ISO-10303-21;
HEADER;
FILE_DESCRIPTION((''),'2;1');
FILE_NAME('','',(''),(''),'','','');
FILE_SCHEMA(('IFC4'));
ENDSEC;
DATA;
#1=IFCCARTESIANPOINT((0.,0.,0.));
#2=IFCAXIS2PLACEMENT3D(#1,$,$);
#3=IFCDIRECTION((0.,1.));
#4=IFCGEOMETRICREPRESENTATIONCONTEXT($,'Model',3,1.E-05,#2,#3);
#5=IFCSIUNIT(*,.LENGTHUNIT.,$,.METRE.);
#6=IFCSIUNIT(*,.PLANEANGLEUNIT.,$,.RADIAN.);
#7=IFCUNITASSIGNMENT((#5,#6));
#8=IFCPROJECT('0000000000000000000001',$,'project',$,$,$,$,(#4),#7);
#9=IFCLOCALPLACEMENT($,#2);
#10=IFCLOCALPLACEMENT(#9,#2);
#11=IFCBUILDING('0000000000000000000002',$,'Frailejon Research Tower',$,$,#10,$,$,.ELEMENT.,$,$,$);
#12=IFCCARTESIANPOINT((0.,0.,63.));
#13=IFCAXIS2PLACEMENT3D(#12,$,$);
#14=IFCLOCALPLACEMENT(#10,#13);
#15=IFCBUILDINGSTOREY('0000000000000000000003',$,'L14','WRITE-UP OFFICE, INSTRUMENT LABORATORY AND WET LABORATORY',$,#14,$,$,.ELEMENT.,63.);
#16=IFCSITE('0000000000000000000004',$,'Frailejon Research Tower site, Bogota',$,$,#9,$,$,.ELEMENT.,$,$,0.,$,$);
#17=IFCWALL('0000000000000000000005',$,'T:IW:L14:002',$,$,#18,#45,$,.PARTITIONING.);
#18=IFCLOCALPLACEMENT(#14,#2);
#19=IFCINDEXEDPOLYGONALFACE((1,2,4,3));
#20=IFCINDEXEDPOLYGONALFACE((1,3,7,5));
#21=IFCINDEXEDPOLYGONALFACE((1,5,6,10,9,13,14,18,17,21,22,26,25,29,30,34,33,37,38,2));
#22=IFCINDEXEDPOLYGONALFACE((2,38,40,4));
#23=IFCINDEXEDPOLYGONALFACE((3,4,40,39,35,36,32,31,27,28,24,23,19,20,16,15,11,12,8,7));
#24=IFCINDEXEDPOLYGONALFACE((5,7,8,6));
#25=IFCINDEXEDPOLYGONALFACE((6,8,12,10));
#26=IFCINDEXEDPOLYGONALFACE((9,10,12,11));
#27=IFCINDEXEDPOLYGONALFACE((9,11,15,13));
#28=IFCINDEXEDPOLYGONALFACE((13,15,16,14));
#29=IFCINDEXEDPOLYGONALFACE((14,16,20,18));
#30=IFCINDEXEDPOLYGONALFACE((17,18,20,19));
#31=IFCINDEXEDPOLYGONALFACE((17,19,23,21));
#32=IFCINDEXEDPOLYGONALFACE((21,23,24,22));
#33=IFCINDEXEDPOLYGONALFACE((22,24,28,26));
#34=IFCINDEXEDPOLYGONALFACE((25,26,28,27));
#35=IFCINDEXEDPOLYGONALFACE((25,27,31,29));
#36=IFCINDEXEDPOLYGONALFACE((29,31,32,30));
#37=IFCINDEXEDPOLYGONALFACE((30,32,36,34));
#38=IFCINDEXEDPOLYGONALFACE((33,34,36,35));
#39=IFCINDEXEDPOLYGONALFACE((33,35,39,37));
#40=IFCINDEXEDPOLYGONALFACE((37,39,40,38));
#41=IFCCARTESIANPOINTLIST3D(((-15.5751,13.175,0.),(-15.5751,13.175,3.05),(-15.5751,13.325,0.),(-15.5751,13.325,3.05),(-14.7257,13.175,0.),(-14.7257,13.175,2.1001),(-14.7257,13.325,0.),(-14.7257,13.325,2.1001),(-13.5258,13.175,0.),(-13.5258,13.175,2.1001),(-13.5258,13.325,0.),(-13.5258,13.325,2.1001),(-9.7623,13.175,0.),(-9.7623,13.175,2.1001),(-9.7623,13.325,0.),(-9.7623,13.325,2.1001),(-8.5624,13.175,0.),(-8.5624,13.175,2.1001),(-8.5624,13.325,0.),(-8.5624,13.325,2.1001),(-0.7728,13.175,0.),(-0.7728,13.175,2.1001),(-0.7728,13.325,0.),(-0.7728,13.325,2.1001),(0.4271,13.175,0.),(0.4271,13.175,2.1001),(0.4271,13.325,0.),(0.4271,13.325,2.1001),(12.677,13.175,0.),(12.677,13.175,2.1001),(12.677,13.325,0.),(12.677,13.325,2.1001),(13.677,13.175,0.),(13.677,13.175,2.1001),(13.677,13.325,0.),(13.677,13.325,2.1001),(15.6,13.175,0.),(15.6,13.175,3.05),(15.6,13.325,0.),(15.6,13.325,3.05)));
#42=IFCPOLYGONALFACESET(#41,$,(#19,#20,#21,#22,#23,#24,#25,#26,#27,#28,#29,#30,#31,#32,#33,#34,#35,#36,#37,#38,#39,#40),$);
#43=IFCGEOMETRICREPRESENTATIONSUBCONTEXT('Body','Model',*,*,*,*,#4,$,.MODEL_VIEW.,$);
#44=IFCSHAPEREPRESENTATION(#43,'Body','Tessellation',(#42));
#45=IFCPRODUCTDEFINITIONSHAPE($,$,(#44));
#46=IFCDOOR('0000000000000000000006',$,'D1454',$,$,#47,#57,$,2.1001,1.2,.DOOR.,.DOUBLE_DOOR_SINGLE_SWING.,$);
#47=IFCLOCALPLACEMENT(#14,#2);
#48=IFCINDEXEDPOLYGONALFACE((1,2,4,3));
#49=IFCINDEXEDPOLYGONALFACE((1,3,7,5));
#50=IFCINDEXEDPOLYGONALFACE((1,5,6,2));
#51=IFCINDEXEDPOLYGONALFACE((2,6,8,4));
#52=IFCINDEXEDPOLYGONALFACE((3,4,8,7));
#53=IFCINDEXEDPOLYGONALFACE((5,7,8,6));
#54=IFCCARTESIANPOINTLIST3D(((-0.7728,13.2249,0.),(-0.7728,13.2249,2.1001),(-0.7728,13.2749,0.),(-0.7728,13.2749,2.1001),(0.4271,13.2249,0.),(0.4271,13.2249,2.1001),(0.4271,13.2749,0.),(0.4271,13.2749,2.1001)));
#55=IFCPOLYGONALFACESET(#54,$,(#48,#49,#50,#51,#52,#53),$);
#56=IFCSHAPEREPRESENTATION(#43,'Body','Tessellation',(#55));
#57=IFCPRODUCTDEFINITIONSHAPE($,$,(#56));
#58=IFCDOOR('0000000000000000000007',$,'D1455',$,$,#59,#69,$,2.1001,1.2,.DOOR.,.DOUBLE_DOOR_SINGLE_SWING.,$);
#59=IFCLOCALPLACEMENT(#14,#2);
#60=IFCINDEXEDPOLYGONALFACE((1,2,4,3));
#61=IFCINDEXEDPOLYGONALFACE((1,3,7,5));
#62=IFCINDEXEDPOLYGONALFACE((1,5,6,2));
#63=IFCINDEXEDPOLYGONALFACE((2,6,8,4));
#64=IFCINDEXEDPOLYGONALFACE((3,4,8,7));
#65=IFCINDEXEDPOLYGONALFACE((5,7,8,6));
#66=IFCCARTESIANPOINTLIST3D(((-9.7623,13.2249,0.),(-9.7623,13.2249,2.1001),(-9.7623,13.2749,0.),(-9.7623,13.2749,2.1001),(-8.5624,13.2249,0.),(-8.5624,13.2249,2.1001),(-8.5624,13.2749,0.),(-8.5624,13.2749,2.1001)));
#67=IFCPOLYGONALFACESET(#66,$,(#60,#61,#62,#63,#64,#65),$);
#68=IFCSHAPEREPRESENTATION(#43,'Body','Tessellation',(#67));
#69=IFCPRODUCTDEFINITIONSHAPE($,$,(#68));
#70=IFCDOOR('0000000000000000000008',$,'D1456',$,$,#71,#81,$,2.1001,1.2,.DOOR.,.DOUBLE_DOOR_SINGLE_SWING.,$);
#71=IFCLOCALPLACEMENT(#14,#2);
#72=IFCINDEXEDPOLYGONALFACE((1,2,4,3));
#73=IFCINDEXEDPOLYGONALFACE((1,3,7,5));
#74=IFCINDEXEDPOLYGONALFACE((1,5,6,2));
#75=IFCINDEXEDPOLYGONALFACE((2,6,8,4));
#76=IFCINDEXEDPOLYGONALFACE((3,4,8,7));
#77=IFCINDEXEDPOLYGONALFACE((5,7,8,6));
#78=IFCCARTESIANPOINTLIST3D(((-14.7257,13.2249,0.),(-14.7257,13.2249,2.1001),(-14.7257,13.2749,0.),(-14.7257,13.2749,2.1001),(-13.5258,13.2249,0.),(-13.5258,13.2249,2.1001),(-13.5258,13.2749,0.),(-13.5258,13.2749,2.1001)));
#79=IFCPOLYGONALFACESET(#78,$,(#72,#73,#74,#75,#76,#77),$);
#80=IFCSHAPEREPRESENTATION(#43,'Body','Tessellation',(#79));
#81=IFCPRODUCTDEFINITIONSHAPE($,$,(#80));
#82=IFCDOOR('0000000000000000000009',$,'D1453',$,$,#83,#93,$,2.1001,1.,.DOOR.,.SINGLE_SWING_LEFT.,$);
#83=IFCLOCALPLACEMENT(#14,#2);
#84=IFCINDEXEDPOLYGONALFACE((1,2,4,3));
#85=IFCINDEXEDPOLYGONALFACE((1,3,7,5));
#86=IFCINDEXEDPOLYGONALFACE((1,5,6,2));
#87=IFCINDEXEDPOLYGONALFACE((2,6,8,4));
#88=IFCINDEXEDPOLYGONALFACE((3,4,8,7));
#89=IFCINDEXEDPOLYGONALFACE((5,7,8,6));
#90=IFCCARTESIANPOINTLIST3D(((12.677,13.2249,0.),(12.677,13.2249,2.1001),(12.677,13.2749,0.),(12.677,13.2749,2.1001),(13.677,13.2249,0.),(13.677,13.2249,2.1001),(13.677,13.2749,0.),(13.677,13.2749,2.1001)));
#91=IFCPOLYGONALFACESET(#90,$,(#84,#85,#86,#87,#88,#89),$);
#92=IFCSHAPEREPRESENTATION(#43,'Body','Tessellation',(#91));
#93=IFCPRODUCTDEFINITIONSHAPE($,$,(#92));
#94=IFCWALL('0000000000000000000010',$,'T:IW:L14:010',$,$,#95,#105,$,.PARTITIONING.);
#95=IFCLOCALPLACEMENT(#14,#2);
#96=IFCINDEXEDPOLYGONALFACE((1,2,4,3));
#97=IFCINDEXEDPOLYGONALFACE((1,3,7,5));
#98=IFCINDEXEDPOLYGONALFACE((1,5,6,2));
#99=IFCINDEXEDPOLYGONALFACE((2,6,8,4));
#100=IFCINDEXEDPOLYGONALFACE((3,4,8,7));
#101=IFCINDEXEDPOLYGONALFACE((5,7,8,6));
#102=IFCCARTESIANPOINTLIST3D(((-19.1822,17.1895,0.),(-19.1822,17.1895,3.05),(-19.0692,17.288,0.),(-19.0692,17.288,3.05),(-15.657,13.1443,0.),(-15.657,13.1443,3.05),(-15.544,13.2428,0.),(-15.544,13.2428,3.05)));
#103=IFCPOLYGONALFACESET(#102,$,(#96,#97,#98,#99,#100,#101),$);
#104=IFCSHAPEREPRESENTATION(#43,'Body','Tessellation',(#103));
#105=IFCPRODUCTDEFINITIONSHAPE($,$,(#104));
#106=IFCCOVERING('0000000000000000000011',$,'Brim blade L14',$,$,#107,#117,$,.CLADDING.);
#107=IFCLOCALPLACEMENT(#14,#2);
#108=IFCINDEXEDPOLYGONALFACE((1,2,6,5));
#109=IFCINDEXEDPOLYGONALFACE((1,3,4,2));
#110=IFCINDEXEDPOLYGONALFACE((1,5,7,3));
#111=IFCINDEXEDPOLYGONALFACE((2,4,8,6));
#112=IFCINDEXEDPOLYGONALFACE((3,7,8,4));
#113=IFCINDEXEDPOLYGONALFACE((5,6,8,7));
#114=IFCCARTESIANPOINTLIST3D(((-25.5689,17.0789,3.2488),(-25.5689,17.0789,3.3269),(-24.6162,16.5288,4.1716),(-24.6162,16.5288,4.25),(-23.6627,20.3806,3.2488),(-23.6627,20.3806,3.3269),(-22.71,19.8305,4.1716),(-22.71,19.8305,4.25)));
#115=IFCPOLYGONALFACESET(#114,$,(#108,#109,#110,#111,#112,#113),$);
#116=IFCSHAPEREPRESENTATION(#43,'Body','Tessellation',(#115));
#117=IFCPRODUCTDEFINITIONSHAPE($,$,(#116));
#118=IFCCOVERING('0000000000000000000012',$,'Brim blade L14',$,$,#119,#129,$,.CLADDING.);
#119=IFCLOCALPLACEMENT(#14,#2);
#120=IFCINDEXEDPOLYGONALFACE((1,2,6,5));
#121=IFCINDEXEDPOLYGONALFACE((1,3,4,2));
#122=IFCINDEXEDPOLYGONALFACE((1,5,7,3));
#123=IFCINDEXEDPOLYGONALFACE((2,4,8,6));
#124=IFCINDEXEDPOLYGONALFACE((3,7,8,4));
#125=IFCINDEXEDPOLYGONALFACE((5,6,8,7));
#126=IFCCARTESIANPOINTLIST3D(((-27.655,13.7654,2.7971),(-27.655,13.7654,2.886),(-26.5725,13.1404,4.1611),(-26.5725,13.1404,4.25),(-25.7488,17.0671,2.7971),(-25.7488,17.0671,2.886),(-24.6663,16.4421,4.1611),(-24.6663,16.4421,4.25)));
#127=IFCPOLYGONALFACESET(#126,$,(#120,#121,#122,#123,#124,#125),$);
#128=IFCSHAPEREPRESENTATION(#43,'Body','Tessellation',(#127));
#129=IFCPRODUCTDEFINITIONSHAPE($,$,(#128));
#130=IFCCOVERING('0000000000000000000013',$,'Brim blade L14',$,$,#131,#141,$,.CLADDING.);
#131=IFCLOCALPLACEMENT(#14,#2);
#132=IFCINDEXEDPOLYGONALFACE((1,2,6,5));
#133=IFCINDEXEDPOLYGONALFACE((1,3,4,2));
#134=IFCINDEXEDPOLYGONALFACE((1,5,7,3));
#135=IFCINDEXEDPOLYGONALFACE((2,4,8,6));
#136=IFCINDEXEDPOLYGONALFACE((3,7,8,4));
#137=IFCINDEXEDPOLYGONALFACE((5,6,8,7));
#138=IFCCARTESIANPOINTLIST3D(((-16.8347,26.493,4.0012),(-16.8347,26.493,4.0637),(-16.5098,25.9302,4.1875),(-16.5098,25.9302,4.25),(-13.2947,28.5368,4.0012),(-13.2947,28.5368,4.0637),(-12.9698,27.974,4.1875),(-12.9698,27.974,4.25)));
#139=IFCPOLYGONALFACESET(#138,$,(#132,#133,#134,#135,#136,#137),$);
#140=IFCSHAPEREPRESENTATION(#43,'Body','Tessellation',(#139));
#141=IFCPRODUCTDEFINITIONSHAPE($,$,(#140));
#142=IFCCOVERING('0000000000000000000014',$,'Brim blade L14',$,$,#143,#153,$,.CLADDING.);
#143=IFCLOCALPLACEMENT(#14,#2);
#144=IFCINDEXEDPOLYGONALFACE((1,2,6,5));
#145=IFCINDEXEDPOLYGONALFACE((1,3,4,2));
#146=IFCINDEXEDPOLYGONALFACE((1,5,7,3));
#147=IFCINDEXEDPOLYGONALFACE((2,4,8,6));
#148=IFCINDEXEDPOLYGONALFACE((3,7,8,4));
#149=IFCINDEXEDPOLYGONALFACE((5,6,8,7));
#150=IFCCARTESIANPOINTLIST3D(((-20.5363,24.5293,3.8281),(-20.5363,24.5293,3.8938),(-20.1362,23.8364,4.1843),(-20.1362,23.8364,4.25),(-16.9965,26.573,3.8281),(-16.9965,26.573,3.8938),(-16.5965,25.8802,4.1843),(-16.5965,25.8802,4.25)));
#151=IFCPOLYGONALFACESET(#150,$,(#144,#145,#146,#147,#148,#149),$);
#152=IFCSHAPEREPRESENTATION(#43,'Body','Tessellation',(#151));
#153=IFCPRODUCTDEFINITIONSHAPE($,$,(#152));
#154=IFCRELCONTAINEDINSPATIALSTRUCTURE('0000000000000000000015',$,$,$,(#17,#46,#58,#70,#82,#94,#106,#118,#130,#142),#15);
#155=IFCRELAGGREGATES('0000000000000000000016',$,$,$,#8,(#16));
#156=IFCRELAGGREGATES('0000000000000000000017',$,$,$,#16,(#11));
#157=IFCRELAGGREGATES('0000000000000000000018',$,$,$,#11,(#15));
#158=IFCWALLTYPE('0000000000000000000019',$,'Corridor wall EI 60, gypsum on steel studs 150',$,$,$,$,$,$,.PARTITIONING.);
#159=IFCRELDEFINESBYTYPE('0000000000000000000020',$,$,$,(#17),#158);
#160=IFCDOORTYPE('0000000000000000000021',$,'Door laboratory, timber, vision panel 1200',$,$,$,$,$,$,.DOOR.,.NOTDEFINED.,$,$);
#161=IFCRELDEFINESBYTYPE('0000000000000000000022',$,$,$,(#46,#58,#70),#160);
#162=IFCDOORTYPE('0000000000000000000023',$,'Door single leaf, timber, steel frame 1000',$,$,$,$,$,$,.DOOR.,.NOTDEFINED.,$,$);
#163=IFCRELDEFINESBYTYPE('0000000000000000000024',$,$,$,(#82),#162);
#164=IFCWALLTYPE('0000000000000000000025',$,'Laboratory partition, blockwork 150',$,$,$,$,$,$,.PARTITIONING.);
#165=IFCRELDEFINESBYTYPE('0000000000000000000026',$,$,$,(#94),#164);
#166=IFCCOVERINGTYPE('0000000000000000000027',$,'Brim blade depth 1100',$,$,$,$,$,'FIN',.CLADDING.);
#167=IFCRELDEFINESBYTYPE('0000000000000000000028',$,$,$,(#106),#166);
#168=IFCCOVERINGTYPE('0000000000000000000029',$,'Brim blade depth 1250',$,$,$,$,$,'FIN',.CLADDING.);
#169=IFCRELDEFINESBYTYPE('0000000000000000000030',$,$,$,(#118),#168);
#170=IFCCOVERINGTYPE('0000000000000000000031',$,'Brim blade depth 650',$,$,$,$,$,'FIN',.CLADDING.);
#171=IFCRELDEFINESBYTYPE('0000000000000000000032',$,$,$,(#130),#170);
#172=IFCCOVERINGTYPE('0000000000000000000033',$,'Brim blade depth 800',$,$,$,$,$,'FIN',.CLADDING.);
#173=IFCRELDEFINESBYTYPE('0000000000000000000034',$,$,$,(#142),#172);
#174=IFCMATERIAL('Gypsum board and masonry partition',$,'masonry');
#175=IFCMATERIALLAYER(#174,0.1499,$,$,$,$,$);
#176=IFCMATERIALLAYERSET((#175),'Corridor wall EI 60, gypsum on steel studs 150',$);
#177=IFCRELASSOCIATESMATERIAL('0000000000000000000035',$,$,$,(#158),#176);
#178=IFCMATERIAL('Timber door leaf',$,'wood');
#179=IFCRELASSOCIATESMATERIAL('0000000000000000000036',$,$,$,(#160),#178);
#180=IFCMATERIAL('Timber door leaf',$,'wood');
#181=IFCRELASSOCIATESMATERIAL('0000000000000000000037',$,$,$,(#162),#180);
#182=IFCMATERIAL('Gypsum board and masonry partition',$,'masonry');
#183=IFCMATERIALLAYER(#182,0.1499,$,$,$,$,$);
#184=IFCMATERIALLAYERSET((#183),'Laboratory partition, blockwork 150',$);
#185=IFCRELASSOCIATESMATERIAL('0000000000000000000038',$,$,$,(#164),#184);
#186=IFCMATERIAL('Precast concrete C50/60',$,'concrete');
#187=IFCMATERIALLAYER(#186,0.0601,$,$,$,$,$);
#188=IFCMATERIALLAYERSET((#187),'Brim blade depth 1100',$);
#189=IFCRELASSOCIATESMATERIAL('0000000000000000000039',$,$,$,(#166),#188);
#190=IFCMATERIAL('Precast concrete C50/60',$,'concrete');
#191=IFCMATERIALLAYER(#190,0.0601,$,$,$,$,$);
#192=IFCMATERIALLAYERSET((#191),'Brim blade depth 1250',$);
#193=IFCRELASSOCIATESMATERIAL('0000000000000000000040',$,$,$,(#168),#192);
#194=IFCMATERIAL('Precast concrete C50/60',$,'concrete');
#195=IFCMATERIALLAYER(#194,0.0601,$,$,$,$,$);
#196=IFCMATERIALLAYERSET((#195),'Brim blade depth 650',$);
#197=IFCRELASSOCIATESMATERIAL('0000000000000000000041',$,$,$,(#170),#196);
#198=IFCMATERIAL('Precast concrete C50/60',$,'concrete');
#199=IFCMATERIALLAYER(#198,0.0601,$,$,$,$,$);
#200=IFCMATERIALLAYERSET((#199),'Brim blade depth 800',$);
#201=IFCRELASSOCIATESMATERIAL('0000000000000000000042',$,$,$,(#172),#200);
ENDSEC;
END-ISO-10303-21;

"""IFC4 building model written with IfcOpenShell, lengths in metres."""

from ifc_helpers import new_model, si_unit, direction, frame, frame_2d, origin, place, context, subcontext, project, spatial, polyline, rectangle, outline, extrude, material, layer, layer_set, type_object, element, fill, save


model = new_model("IFC4")

# Units and contexts
model_context = context("Model", 3, precision=1e-05, world=origin(), true_north=direction((0.0, 1.0)))
body_context = subcontext(model_context, "Body", "Model", "MODEL_VIEW")
ifc_project = project(units=[si_unit("LENGTHUNIT", "METRE"), si_unit("PLANEANGLEUNIT", "RADIAN")], contexts=[model_context])

# Site, building, storey
site_placement = place(None, origin())
site = spatial("IfcSite", under=ifc_project, at=site_placement, Name="Frailejon Research Tower site, Bogota", CompositionType="ELEMENT", RefElevation=0.0)
building_placement = place(site_placement, origin())
building = spatial("IfcBuilding", under=site, at=building_placement, Name="Frailejon Research Tower", CompositionType="ELEMENT")
storey_placement = place(building_placement, frame((0.0, 0.0, 63.0)))
storey = spatial("IfcBuildingStorey", under=building, at=storey_placement, Name="L14", Description="WRITE-UP OFFICE, INSTRUMENT LABORATORY AND WET LABORATORY", CompositionType="ELEMENT", Elevation=63.0)

# Wall, openings, doors
ifc_material_1 = material(Name="Gypsum board and masonry partition", Category="masonry")
ifc_layer_1 = layer(ifc_material_1, 0.1499)
ifc_layer_set_1 = layer_set([ifc_layer_1], Name="Corridor wall EI 60, gypsum on steel studs 150")
wall_type_1 = type_object("IfcWallType", Name="Corridor wall EI 60, gypsum on steel studs 150", PredefinedType="PARTITIONING", material=ifc_layer_set_1)
wall_1_placement = place(storey_placement, frame((-15.575, 13.25, 0.0), z_axis=(0.0, 0.0, 1.0), x_axis=(1.0, 0.0, 0.0)))
wall_1 = element("IfcWall", 1, at=wall_1_placement, inside=storey, type_object=wall_type_1, Name="T:IW:L14:002", PredefinedType="PARTITIONING", context=body_context, shape_type="SweptSolid", body=[
    extrude(rectangle(XDim=31.175, YDim=0.1499, at=frame_2d((15.5874, 0.0))), origin(), (0.0, 0.0, 1.0), 3.05),
])
opening_1_placement = place(wall_1_placement, frame((28.252, 0.0, 0.0)))
opening_1 = element("IfcOpeningElement", 2, at=opening_1_placement, cuts=wall_1, PredefinedType="OPENING", context=body_context, shape_type="SweptSolid", body=[
    extrude(rectangle(XDim=1.0, YDim=2.1001, at=frame_2d((0.5, 1.05))), frame((0.0, 0.085, 0.0), z_axis=(0.0, -1.0, 0.0), x_axis=(1.0, 0.0, 0.0)), (0.0, 0.0, 1.0), 0.1699),
])
opening_2_placement = place(wall_1_placement, frame((14.802, 0.0, 0.0)))
opening_2 = element("IfcOpeningElement", 3, at=opening_2_placement, cuts=wall_1, PredefinedType="OPENING", context=body_context, shape_type="SweptSolid", body=[
    extrude(rectangle(XDim=1.2, YDim=2.1001, at=frame_2d((0.6001, 1.05))), frame((0.0, 0.085, 0.0), z_axis=(0.0, -1.0, 0.0), x_axis=(1.0, 0.0, 0.0)), (0.0, 0.0, 1.0), 0.1699),
])
opening_3_placement = place(wall_1_placement, frame((5.8125, 0.0, 0.0)))
opening_3 = element("IfcOpeningElement", 4, at=opening_3_placement, cuts=wall_1, PredefinedType="OPENING", context=body_context, shape_type="SweptSolid", body=[
    extrude(rectangle(XDim=1.2, YDim=2.1001, at=frame_2d((0.6001, 1.05))), frame((0.0, 0.085, 0.0), z_axis=(0.0, -1.0, 0.0), x_axis=(1.0, 0.0, 0.0)), (0.0, 0.0, 1.0), 0.1699),
])
opening_4_placement = place(wall_1_placement, frame((0.8491, 0.0, 0.0)))
opening_4 = element("IfcOpeningElement", 5, at=opening_4_placement, cuts=wall_1, PredefinedType="OPENING", context=body_context, shape_type="SweptSolid", body=[
    extrude(rectangle(XDim=1.2, YDim=2.1001, at=frame_2d((0.6001, 1.05))), frame((0.0, 0.085, 0.0), z_axis=(0.0, -1.0, 0.0), x_axis=(1.0, 0.0, 0.0)), (0.0, 0.0, 1.0), 0.1699),
])
ifc_material_2 = material(Name="Timber door leaf", Category="wood")
door_type_1 = type_object("IfcDoorType", Name="Door laboratory, timber, vision panel 1200", OperationType="NOTDEFINED", PredefinedType="DOOR", material=ifc_material_2)
door_1_placement = place(opening_2_placement, origin())
door_1 = element("IfcDoor", 6, at=door_1_placement, inside=storey, type_object=door_type_1, Name="D1454", OperationType="DOUBLE_DOOR_SINGLE_SWING", OverallHeight=2.1001, OverallWidth=1.2, PredefinedType="DOOR", context=body_context, shape_type="SweptSolid", body=[
    extrude(rectangle(XDim=1.2, YDim=2.1001, at=frame_2d((0.6001, 1.05))), frame((0.0, 0.0249, 0.0), z_axis=(0.0, -1.0, 0.0), x_axis=(1.0, 0.0, 0.0)), (0.0, 0.0, 1.0), 0.05),
])
fill(opening_2, door_1)
door_2_placement = place(opening_3_placement, origin())
door_2 = element("IfcDoor", 7, at=door_2_placement, inside=storey, type_object=door_type_1, Name="D1455", OperationType="DOUBLE_DOOR_SINGLE_SWING", OverallHeight=2.1001, OverallWidth=1.2, PredefinedType="DOOR", context=body_context, shape_type="SweptSolid", body=[
    extrude(rectangle(XDim=1.2, YDim=2.1001, at=frame_2d((0.6001, 1.05))), frame((0.0, 0.0249, 0.0), z_axis=(0.0, -1.0, 0.0), x_axis=(1.0, 0.0, 0.0)), (0.0, 0.0, 1.0), 0.05),
])
fill(opening_3, door_2)
door_3_placement = place(opening_4_placement, origin())
door_3 = element("IfcDoor", 8, at=door_3_placement, inside=storey, type_object=door_type_1, Name="D1456", OperationType="DOUBLE_DOOR_SINGLE_SWING", OverallHeight=2.1001, OverallWidth=1.2, PredefinedType="DOOR", context=body_context, shape_type="SweptSolid", body=[
    extrude(rectangle(XDim=1.2, YDim=2.1001, at=frame_2d((0.6001, 1.05))), frame((0.0, 0.0249, 0.0), z_axis=(0.0, -1.0, 0.0), x_axis=(1.0, 0.0, 0.0)), (0.0, 0.0, 1.0), 0.05),
])
fill(opening_4, door_3)
ifc_material_3 = material(Name="Timber door leaf", Category="wood")
door_type_2 = type_object("IfcDoorType", Name="Door single leaf, timber, steel frame 1000", OperationType="NOTDEFINED", PredefinedType="DOOR", material=ifc_material_3)
door_4_placement = place(opening_1_placement, origin())
door_4 = element("IfcDoor", 9, at=door_4_placement, inside=storey, type_object=door_type_2, Name="D1453", OperationType="SINGLE_SWING_LEFT", OverallHeight=2.1001, OverallWidth=1.0, PredefinedType="DOOR", context=body_context, shape_type="SweptSolid", body=[
    extrude(rectangle(XDim=1.0, YDim=2.1001, at=frame_2d((0.5, 1.05))), frame((0.0, 0.0249, 0.0), z_axis=(0.0, -1.0, 0.0), x_axis=(1.0, 0.0, 0.0)), (0.0, 0.0, 1.0), 0.05),
])
fill(opening_1, door_4)

# Wall
ifc_material_4 = material(Name="Gypsum board and masonry partition", Category="masonry")
ifc_layer_2 = layer(ifc_material_4, 0.1499)
ifc_layer_set_2 = layer_set([ifc_layer_2], Name="Laboratory partition, blockwork 150")
wall_type_2 = type_object("IfcWallType", Name="Laboratory partition, blockwork 150", PredefinedType="PARTITIONING", material=ifc_layer_set_2)
wall_2_placement = place(storey_placement, frame((-19.1257, 17.2388, 0.0), z_axis=(0.0, 0.0, 1.0), x_axis=(0.656986, -0.753903, 0.0)))
element("IfcWall", 10, at=wall_2_placement, inside=storey, type_object=wall_type_2, Name="T:IW:L14:010", PredefinedType="PARTITIONING", context=body_context, shape_type="SweptSolid", body=[
    extrude(rectangle(XDim=5.3657, YDim=0.1499, at=frame_2d((2.6829, 0.0))), origin(), (0.0, 0.0, 1.0), 3.05),
])

# Coverings
ifc_material_5 = material(Name="Precast concrete C50/60", Category="concrete")
ifc_layer_3 = layer(ifc_material_5, 0.0601)
ifc_layer_set_3 = layer_set([ifc_layer_3], Name="Brim blade depth 1100")
covering_type_1 = type_object("IfcCoveringType", Name="Brim blade depth 1100", ElementType="FIN", PredefinedType="CLADDING", material=ifc_layer_set_3)
covering_1_placement = place(storey_placement, frame((-24.6162, 16.5288, 4.25), z_axis=(0.500001, 0.866025, 0.0), x_axis=(-0.866025, 0.500001, 0.0)))
element("IfcCovering", 11, at=covering_1_placement, inside=storey, type_object=covering_type_1, Name="Brim blade L14", PredefinedType="CLADDING", context=body_context, shape_type="SweptSolid", body=[
    extrude(outline(polyline([(0.0, -0.0784), (1.1001, -1.0012), (1.1001, -0.9231), (0.0, 0.0), (0.0, -0.0784)])), origin(), (0.0, 0.0, 1.0), 3.8125),
])
ifc_material_6 = material(Name="Precast concrete C50/60", Category="concrete")
ifc_layer_4 = layer(ifc_material_6, 0.0601)
ifc_layer_set_4 = layer_set([ifc_layer_4], Name="Brim blade depth 1250")
covering_type_2 = type_object("IfcCoveringType", Name="Brim blade depth 1250", ElementType="FIN", PredefinedType="CLADDING", material=ifc_layer_set_4)
covering_2_placement = place(storey_placement, frame((-26.5725, 13.1404, 4.25), z_axis=(0.500001, 0.866025, 0.0), x_axis=(-0.866025, 0.500001, 0.0)))
element("IfcCovering", 12, at=covering_2_placement, inside=storey, type_object=covering_type_2, Name="Brim blade L14", PredefinedType="CLADDING", context=body_context, shape_type="SweptSolid", body=[
    extrude(outline(polyline([(0.0, -0.0889), (1.25, -1.4529), (1.25, -1.364), (0.0, 0.0), (0.0, -0.0889)])), origin(), (0.0, 0.0, 1.0), 3.8125),
])
ifc_material_7 = material(Name="Precast concrete C50/60", Category="concrete")
ifc_layer_5 = layer(ifc_material_7, 0.0601)
ifc_layer_set_5 = layer_set([ifc_layer_5], Name="Brim blade depth 650")
covering_type_3 = type_object("IfcCoveringType", Name="Brim blade depth 650", ElementType="FIN", PredefinedType="CLADDING", material=ifc_layer_set_5)
covering_3_placement = place(storey_placement, frame((-16.5098, 25.9302, 4.25), z_axis=(0.866027, 0.499997, 0.0), x_axis=(-0.499997, 0.866027, 0.0)))
element("IfcCovering", 13, at=covering_3_placement, inside=storey, type_object=covering_type_3, Name="Brim blade L14", PredefinedType="CLADDING", context=body_context, shape_type="SweptSolid", body=[
    extrude(outline(polyline([(0.0, -0.0625), (0.6499, -0.2488), (0.6499, -0.1863), (0.0, 0.0), (0.0, -0.0625)])), origin(), (0.0, 0.0, 1.0), 4.0876),
])
ifc_material_8 = material(Name="Precast concrete C50/60", Category="concrete")
ifc_layer_6 = layer(ifc_material_8, 0.0601)
ifc_layer_set_6 = layer_set([ifc_layer_6], Name="Brim blade depth 800")
covering_type_4 = type_object("IfcCoveringType", Name="Brim blade depth 800", ElementType="FIN", PredefinedType="CLADDING", material=ifc_layer_set_6)
covering_4_placement = place(storey_placement, frame((-20.1362, 23.8364, 4.25), z_axis=(0.866021, 0.500007, 0.0), x_axis=(-0.500007, 0.866021, 0.0)))
element("IfcCovering", 14, at=covering_4_placement, inside=storey, type_object=covering_type_4, Name="Brim blade L14", PredefinedType="CLADDING", context=body_context, shape_type="SweptSolid", body=[
    extrude(outline(polyline([(0.0, -0.0657), (0.8, -0.4219), (0.8, -0.3562), (0.0, 0.0), (0.0, -0.0657)])), origin(), (0.0, 0.0, 1.0), 4.0874),
])

save(model, "model.ifc")
